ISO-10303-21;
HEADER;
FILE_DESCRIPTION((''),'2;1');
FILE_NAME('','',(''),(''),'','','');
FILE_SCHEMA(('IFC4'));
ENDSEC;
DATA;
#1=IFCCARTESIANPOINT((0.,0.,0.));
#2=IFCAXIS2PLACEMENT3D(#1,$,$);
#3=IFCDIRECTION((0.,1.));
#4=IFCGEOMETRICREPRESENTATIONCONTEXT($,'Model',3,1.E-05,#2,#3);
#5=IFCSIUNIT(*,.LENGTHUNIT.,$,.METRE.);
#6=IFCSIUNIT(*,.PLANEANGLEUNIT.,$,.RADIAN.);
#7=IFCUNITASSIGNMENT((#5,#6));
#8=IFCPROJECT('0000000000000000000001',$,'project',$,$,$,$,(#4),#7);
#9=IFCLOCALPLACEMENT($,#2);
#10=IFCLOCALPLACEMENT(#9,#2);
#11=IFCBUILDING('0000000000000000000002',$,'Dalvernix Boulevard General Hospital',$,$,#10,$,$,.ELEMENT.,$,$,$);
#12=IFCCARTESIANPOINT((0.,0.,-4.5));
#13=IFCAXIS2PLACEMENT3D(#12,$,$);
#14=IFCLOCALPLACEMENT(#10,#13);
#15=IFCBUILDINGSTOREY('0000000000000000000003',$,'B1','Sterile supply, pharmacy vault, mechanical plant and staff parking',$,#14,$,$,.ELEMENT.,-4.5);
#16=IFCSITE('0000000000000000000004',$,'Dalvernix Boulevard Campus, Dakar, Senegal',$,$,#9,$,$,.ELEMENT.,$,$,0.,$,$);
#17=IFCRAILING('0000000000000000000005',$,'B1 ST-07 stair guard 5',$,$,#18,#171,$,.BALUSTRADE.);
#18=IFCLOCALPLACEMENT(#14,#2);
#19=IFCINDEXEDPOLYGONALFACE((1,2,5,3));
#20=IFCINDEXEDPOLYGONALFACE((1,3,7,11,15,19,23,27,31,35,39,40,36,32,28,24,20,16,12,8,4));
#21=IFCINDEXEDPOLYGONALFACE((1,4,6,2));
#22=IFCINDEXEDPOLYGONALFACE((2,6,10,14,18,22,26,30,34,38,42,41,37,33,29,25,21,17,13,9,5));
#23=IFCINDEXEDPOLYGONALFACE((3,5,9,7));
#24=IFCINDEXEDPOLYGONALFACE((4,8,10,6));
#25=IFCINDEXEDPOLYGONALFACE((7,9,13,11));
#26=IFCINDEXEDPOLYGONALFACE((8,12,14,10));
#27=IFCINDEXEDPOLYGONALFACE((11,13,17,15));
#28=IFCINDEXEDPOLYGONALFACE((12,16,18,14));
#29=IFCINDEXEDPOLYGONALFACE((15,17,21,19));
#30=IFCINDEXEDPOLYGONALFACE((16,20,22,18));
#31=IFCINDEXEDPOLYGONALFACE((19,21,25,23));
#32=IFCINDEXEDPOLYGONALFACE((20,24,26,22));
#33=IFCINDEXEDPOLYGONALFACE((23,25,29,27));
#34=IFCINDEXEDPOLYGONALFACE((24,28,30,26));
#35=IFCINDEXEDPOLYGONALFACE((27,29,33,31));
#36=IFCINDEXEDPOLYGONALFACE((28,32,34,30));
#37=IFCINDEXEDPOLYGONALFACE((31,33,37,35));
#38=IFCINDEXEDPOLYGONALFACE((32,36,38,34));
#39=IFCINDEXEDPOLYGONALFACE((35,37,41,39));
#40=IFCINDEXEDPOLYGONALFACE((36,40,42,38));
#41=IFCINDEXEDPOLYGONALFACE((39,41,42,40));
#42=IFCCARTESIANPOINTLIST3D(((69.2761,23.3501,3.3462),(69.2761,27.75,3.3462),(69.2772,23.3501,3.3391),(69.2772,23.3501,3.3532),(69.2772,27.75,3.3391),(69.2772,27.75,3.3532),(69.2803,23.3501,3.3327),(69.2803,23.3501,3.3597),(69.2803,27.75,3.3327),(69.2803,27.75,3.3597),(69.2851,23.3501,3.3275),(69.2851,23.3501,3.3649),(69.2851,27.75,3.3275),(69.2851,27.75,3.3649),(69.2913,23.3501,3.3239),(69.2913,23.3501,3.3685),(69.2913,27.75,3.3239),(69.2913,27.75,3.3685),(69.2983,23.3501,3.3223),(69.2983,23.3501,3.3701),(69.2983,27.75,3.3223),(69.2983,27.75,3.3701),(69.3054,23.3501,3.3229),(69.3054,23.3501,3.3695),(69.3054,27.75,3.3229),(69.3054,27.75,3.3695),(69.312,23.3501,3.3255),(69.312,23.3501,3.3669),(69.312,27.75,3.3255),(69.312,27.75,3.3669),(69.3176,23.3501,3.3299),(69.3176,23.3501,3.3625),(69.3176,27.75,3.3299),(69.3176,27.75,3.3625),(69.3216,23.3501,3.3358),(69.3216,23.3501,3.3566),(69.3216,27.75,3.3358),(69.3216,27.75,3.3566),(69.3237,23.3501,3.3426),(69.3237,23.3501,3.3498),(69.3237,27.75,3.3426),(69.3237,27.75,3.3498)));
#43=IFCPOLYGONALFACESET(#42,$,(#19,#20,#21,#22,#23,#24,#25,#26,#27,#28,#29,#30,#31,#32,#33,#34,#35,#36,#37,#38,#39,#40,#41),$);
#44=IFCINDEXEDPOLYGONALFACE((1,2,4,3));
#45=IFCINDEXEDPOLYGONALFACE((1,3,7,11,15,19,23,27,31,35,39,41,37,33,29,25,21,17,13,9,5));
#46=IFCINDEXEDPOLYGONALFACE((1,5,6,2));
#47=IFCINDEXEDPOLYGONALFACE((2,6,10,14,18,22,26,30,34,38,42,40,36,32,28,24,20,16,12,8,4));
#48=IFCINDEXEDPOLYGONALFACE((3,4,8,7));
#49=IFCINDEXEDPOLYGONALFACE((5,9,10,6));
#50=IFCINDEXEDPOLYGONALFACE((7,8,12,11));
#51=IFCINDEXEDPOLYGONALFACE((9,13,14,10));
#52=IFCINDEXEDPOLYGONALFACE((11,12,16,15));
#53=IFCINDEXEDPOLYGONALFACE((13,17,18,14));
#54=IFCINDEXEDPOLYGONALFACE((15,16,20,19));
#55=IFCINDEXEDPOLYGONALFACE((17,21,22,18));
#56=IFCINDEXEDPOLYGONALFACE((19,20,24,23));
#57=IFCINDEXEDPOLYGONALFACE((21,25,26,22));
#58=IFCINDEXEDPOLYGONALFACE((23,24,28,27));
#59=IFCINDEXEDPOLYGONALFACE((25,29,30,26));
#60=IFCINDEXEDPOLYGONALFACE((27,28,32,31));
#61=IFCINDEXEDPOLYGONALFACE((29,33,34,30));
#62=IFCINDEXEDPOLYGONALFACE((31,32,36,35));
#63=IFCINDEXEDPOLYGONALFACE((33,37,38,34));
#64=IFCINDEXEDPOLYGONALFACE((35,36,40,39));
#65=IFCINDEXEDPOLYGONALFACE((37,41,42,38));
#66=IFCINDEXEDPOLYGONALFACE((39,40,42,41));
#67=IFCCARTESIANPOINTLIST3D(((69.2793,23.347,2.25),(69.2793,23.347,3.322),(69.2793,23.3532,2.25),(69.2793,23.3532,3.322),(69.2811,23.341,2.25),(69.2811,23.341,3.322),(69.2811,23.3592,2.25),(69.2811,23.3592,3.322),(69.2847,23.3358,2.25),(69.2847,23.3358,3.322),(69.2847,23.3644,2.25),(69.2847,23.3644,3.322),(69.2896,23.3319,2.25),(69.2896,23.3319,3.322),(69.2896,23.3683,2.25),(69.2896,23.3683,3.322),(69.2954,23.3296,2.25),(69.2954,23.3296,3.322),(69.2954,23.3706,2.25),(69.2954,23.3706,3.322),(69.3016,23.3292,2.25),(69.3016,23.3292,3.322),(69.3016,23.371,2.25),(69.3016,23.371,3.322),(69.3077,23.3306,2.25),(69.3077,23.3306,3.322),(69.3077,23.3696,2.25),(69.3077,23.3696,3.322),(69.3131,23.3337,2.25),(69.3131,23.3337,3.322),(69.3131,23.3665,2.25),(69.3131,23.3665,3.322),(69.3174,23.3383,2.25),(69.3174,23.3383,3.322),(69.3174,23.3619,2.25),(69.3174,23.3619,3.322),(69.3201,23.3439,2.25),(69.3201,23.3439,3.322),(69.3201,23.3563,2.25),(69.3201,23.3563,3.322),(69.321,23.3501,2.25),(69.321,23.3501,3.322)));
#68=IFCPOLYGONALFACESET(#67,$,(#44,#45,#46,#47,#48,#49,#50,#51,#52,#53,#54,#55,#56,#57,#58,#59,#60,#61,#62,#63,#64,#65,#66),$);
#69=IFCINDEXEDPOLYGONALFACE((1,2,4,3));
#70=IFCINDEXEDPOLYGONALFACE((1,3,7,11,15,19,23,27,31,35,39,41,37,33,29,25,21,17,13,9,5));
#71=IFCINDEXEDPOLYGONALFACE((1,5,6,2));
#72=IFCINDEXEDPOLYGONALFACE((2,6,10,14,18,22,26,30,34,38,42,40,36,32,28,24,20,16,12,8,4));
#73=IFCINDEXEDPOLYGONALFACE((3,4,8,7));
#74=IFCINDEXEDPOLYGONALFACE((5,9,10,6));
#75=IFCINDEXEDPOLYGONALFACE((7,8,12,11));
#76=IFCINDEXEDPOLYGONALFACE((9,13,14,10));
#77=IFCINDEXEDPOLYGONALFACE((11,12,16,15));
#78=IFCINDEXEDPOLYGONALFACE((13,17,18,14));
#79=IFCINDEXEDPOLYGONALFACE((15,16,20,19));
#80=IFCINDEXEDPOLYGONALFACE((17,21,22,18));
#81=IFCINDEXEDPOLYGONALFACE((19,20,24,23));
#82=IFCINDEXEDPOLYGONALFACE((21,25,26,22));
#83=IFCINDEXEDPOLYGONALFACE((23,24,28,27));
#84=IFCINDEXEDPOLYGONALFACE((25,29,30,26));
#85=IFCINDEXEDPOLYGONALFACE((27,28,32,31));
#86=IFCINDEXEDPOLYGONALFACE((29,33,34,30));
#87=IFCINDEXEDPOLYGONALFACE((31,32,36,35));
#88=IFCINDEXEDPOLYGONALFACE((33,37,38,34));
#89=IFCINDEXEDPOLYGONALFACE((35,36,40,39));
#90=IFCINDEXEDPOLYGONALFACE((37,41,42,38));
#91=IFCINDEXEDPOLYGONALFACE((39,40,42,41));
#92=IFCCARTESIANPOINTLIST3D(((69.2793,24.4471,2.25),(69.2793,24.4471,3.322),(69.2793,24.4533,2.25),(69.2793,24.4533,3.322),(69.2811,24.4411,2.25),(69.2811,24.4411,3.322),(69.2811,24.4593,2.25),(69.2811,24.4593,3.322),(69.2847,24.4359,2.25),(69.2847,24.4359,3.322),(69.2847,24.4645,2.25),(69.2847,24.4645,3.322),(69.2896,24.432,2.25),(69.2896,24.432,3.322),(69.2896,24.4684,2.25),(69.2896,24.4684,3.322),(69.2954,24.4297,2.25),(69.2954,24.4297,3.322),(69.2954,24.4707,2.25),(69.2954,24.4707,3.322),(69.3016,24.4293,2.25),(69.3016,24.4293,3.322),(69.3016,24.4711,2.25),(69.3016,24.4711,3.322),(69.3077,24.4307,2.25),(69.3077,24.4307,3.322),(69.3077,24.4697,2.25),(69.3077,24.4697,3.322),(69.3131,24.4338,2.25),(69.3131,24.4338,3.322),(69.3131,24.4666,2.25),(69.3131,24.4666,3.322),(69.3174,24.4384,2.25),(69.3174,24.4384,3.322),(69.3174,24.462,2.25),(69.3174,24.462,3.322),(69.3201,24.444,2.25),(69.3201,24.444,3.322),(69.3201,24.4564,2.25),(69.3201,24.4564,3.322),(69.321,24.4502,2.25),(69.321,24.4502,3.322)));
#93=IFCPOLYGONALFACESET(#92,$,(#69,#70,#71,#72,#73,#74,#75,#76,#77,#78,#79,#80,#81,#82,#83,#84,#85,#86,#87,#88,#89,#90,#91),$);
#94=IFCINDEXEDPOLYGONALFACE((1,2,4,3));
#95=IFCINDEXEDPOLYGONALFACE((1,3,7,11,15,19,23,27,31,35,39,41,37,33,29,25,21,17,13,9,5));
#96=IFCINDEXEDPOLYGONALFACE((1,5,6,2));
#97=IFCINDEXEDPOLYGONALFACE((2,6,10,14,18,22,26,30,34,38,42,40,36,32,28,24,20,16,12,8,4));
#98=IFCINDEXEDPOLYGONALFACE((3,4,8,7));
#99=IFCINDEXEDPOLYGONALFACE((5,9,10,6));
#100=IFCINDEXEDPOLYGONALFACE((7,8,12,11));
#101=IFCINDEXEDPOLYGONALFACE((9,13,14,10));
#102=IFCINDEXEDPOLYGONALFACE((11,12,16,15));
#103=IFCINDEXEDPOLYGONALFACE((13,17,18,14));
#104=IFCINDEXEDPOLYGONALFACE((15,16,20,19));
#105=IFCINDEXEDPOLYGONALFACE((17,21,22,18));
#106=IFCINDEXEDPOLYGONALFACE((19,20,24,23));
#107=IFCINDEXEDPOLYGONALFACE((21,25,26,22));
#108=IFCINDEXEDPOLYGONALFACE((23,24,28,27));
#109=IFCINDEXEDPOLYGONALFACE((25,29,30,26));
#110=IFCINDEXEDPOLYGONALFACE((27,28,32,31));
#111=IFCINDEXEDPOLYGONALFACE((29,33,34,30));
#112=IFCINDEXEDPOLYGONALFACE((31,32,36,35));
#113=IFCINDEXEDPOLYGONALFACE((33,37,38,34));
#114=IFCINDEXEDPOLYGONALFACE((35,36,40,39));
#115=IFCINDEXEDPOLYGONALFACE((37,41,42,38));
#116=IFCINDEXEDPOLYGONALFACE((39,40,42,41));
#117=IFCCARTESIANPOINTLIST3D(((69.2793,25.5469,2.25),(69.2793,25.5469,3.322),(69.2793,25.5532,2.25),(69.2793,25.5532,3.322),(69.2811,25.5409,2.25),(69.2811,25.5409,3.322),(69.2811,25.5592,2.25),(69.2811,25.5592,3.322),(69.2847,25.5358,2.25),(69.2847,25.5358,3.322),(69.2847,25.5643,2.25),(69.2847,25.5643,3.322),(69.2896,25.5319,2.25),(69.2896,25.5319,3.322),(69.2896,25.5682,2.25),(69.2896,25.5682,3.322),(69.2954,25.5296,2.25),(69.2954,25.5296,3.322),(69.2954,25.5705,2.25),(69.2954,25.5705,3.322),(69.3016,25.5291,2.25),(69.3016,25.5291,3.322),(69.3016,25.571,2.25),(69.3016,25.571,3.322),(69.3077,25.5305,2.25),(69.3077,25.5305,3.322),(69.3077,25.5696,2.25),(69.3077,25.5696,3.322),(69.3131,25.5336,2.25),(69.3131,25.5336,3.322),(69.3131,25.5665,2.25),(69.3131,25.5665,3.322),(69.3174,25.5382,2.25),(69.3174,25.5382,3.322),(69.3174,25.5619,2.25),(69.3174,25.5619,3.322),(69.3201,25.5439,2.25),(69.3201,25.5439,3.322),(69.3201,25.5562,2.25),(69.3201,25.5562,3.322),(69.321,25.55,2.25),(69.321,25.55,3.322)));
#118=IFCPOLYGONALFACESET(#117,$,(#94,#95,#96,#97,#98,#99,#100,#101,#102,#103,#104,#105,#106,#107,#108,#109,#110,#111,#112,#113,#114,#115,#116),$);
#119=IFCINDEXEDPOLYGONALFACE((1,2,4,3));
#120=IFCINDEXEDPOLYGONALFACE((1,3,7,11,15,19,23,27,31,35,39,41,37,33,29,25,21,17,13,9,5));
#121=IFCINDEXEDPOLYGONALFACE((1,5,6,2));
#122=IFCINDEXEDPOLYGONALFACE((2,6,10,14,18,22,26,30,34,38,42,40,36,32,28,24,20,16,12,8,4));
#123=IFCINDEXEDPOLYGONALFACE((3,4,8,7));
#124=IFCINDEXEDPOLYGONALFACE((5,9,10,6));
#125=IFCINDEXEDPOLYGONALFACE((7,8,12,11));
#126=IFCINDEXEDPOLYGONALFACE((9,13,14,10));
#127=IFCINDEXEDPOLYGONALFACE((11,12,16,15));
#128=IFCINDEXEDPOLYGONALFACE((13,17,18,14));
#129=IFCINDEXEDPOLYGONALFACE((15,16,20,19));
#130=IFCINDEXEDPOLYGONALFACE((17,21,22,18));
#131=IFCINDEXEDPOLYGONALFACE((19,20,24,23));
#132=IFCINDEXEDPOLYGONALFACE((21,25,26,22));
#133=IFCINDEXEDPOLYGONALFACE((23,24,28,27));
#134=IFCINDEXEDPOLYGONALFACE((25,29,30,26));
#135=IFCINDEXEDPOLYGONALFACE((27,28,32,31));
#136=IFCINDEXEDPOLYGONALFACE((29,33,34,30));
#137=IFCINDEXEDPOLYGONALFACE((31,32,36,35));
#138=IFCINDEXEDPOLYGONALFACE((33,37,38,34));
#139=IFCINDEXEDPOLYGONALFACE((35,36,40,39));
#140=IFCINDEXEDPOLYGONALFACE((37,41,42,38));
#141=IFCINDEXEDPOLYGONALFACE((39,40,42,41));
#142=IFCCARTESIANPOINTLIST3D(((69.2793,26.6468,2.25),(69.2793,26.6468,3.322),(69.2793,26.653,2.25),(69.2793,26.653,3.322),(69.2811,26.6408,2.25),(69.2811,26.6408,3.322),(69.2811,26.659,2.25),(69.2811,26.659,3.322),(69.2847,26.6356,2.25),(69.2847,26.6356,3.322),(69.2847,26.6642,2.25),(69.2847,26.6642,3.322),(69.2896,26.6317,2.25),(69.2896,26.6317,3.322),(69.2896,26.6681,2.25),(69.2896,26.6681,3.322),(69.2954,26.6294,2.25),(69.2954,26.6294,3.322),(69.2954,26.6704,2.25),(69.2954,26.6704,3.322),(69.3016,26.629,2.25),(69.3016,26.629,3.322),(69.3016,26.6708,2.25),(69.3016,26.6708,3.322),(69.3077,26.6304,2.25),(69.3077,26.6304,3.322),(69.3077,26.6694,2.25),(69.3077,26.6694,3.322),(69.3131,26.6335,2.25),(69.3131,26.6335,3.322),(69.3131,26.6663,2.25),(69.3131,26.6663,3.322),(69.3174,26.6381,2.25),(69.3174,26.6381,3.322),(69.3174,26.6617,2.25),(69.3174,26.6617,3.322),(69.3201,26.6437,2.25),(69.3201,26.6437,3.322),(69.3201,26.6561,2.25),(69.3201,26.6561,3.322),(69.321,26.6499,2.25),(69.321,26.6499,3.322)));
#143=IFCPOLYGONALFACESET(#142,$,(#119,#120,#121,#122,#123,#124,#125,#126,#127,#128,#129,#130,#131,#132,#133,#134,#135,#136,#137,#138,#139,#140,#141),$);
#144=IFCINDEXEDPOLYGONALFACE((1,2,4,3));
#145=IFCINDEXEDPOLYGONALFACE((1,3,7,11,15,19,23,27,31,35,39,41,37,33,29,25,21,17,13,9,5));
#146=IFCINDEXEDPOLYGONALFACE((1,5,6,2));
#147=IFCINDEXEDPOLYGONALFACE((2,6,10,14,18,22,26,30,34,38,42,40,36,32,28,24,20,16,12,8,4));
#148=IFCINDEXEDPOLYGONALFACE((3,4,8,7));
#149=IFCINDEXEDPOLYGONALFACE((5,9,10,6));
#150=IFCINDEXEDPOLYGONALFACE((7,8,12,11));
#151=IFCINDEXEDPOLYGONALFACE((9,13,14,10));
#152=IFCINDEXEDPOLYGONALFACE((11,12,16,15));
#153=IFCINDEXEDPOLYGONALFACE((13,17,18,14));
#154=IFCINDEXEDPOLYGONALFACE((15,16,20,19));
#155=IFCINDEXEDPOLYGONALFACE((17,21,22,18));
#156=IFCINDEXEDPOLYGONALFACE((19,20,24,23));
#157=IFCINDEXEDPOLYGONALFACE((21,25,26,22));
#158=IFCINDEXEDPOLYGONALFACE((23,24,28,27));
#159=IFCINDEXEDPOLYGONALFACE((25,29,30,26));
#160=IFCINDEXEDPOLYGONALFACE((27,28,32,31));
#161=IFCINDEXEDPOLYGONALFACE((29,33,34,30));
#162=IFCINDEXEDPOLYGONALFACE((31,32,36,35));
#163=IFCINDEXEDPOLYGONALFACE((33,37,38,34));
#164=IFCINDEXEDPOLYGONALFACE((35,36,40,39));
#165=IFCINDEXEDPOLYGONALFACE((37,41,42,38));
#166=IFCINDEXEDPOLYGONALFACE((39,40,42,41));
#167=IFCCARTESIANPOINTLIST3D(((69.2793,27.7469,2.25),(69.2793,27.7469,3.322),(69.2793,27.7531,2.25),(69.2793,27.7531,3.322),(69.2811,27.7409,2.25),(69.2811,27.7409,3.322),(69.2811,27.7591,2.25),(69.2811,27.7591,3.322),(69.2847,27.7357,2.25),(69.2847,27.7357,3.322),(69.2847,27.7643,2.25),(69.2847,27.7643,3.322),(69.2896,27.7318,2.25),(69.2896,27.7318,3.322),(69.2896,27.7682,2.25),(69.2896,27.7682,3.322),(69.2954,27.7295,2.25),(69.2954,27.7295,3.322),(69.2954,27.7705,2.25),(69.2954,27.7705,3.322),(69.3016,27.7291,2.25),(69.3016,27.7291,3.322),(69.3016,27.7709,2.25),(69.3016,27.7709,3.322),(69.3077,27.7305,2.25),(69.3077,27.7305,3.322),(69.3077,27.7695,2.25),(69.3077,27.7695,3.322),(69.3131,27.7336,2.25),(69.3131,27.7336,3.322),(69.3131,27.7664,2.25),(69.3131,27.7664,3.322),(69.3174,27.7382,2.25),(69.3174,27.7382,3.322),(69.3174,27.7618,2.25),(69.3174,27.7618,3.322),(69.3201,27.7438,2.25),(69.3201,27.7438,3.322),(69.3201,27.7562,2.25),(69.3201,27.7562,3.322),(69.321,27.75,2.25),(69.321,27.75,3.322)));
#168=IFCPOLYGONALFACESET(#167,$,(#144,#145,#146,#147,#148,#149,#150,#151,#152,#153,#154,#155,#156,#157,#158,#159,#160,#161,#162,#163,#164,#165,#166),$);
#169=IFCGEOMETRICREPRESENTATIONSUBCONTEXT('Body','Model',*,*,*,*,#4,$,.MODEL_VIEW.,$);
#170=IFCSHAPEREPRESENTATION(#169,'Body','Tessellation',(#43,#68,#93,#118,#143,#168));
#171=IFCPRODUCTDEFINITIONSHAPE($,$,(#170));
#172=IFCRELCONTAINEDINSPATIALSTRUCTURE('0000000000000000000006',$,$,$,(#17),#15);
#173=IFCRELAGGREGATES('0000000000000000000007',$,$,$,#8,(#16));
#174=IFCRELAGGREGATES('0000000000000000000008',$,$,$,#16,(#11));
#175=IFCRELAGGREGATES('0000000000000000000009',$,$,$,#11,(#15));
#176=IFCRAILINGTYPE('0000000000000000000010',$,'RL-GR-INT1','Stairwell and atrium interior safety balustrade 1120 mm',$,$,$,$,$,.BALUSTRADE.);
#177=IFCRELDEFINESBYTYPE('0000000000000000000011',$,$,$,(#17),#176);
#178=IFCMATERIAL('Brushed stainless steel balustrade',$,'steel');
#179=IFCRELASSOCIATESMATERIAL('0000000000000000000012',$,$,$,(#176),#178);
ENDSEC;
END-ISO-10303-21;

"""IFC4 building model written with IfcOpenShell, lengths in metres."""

from ifc_helpers import new_model, si_unit, direction, frame, origin, origin_2d, place, context, subcontext, project, spatial, circle, extrude, material, type_object, element, save


model = new_model("IFC4")

# Units and contexts
model_context = context("Model", 3, precision=1e-05, world=origin(), true_north=direction((0.0, 1.0)))
body_context = subcontext(model_context, "Body", "Model", "MODEL_VIEW")
ifc_project = project(units=[si_unit("LENGTHUNIT", "METRE"), si_unit("PLANEANGLEUNIT", "RADIAN")], contexts=[model_context])

# Site, building, storey
site_placement = place(None, origin())
site = spatial("IfcSite", under=ifc_project, at=site_placement, Name="Dalvernix Boulevard Campus, Dakar, Senegal", CompositionType="ELEMENT", RefElevation=0.0)
building_placement = place(site_placement, origin())
building = spatial("IfcBuilding", under=site, at=building_placement, Name="Dalvernix Boulevard General Hospital", CompositionType="ELEMENT")
storey_placement = place(building_placement, frame((0.0, 0.0, -4.5)))
storey = spatial("IfcBuildingStorey", under=building, at=storey_placement, Name="B1", Description="Sterile supply, pharmacy vault, mechanical plant and staff parking", CompositionType="ELEMENT", Elevation=-4.5)

# Railing
ifc_material_1 = material(Name="Brushed stainless steel balustrade", Category="steel")
railing_type_1 = type_object("IfcRailingType", Name="RL-GR-INT1", Description="Stairwell and atrium interior safety balustrade 1120 mm", PredefinedType="BALUSTRADE", material=ifc_material_1)
railing_1_placement = place(storey_placement, frame((69.3, 23.3501, 2.25)))
element("IfcRailing", 1, at=railing_1_placement, inside=storey, type_object=railing_type_1, Name="B1 ST-07 stair guard 5", PredefinedType="BALUSTRADE", context=body_context, shape_type="SweptSolid", body=[
    extrude(circle(Radius=0.0239, at=origin_2d()), frame((0.0, 0.0, 1.0962), z_axis=(0.0, 1.0, 0.0), x_axis=(-1.0, 0.0, 0.0)), (0.0, 0.0, 1.0), 4.3999),
    extrude(circle(Radius=0.021, at=origin_2d()), origin(), (0.0, 0.0, 1.0), 1.072),
    extrude(circle(Radius=0.021, at=origin_2d()), frame((0.0, 1.1001, 0.0)), (0.0, 0.0, 1.0), 1.072),
    extrude(circle(Radius=0.021, at=origin_2d()), frame((0.0, 2.2, 0.0)), (0.0, 0.0, 1.0), 1.072),
    extrude(circle(Radius=0.021, at=origin_2d()), frame((0.0, 3.2998, 0.0)), (0.0, 0.0, 1.0), 1.072),
    extrude(circle(Radius=0.021, at=origin_2d()), frame((0.0, 4.3999, 0.0)), (0.0, 0.0, 1.0), 1.072),
])

save(model, "model.ifc")
